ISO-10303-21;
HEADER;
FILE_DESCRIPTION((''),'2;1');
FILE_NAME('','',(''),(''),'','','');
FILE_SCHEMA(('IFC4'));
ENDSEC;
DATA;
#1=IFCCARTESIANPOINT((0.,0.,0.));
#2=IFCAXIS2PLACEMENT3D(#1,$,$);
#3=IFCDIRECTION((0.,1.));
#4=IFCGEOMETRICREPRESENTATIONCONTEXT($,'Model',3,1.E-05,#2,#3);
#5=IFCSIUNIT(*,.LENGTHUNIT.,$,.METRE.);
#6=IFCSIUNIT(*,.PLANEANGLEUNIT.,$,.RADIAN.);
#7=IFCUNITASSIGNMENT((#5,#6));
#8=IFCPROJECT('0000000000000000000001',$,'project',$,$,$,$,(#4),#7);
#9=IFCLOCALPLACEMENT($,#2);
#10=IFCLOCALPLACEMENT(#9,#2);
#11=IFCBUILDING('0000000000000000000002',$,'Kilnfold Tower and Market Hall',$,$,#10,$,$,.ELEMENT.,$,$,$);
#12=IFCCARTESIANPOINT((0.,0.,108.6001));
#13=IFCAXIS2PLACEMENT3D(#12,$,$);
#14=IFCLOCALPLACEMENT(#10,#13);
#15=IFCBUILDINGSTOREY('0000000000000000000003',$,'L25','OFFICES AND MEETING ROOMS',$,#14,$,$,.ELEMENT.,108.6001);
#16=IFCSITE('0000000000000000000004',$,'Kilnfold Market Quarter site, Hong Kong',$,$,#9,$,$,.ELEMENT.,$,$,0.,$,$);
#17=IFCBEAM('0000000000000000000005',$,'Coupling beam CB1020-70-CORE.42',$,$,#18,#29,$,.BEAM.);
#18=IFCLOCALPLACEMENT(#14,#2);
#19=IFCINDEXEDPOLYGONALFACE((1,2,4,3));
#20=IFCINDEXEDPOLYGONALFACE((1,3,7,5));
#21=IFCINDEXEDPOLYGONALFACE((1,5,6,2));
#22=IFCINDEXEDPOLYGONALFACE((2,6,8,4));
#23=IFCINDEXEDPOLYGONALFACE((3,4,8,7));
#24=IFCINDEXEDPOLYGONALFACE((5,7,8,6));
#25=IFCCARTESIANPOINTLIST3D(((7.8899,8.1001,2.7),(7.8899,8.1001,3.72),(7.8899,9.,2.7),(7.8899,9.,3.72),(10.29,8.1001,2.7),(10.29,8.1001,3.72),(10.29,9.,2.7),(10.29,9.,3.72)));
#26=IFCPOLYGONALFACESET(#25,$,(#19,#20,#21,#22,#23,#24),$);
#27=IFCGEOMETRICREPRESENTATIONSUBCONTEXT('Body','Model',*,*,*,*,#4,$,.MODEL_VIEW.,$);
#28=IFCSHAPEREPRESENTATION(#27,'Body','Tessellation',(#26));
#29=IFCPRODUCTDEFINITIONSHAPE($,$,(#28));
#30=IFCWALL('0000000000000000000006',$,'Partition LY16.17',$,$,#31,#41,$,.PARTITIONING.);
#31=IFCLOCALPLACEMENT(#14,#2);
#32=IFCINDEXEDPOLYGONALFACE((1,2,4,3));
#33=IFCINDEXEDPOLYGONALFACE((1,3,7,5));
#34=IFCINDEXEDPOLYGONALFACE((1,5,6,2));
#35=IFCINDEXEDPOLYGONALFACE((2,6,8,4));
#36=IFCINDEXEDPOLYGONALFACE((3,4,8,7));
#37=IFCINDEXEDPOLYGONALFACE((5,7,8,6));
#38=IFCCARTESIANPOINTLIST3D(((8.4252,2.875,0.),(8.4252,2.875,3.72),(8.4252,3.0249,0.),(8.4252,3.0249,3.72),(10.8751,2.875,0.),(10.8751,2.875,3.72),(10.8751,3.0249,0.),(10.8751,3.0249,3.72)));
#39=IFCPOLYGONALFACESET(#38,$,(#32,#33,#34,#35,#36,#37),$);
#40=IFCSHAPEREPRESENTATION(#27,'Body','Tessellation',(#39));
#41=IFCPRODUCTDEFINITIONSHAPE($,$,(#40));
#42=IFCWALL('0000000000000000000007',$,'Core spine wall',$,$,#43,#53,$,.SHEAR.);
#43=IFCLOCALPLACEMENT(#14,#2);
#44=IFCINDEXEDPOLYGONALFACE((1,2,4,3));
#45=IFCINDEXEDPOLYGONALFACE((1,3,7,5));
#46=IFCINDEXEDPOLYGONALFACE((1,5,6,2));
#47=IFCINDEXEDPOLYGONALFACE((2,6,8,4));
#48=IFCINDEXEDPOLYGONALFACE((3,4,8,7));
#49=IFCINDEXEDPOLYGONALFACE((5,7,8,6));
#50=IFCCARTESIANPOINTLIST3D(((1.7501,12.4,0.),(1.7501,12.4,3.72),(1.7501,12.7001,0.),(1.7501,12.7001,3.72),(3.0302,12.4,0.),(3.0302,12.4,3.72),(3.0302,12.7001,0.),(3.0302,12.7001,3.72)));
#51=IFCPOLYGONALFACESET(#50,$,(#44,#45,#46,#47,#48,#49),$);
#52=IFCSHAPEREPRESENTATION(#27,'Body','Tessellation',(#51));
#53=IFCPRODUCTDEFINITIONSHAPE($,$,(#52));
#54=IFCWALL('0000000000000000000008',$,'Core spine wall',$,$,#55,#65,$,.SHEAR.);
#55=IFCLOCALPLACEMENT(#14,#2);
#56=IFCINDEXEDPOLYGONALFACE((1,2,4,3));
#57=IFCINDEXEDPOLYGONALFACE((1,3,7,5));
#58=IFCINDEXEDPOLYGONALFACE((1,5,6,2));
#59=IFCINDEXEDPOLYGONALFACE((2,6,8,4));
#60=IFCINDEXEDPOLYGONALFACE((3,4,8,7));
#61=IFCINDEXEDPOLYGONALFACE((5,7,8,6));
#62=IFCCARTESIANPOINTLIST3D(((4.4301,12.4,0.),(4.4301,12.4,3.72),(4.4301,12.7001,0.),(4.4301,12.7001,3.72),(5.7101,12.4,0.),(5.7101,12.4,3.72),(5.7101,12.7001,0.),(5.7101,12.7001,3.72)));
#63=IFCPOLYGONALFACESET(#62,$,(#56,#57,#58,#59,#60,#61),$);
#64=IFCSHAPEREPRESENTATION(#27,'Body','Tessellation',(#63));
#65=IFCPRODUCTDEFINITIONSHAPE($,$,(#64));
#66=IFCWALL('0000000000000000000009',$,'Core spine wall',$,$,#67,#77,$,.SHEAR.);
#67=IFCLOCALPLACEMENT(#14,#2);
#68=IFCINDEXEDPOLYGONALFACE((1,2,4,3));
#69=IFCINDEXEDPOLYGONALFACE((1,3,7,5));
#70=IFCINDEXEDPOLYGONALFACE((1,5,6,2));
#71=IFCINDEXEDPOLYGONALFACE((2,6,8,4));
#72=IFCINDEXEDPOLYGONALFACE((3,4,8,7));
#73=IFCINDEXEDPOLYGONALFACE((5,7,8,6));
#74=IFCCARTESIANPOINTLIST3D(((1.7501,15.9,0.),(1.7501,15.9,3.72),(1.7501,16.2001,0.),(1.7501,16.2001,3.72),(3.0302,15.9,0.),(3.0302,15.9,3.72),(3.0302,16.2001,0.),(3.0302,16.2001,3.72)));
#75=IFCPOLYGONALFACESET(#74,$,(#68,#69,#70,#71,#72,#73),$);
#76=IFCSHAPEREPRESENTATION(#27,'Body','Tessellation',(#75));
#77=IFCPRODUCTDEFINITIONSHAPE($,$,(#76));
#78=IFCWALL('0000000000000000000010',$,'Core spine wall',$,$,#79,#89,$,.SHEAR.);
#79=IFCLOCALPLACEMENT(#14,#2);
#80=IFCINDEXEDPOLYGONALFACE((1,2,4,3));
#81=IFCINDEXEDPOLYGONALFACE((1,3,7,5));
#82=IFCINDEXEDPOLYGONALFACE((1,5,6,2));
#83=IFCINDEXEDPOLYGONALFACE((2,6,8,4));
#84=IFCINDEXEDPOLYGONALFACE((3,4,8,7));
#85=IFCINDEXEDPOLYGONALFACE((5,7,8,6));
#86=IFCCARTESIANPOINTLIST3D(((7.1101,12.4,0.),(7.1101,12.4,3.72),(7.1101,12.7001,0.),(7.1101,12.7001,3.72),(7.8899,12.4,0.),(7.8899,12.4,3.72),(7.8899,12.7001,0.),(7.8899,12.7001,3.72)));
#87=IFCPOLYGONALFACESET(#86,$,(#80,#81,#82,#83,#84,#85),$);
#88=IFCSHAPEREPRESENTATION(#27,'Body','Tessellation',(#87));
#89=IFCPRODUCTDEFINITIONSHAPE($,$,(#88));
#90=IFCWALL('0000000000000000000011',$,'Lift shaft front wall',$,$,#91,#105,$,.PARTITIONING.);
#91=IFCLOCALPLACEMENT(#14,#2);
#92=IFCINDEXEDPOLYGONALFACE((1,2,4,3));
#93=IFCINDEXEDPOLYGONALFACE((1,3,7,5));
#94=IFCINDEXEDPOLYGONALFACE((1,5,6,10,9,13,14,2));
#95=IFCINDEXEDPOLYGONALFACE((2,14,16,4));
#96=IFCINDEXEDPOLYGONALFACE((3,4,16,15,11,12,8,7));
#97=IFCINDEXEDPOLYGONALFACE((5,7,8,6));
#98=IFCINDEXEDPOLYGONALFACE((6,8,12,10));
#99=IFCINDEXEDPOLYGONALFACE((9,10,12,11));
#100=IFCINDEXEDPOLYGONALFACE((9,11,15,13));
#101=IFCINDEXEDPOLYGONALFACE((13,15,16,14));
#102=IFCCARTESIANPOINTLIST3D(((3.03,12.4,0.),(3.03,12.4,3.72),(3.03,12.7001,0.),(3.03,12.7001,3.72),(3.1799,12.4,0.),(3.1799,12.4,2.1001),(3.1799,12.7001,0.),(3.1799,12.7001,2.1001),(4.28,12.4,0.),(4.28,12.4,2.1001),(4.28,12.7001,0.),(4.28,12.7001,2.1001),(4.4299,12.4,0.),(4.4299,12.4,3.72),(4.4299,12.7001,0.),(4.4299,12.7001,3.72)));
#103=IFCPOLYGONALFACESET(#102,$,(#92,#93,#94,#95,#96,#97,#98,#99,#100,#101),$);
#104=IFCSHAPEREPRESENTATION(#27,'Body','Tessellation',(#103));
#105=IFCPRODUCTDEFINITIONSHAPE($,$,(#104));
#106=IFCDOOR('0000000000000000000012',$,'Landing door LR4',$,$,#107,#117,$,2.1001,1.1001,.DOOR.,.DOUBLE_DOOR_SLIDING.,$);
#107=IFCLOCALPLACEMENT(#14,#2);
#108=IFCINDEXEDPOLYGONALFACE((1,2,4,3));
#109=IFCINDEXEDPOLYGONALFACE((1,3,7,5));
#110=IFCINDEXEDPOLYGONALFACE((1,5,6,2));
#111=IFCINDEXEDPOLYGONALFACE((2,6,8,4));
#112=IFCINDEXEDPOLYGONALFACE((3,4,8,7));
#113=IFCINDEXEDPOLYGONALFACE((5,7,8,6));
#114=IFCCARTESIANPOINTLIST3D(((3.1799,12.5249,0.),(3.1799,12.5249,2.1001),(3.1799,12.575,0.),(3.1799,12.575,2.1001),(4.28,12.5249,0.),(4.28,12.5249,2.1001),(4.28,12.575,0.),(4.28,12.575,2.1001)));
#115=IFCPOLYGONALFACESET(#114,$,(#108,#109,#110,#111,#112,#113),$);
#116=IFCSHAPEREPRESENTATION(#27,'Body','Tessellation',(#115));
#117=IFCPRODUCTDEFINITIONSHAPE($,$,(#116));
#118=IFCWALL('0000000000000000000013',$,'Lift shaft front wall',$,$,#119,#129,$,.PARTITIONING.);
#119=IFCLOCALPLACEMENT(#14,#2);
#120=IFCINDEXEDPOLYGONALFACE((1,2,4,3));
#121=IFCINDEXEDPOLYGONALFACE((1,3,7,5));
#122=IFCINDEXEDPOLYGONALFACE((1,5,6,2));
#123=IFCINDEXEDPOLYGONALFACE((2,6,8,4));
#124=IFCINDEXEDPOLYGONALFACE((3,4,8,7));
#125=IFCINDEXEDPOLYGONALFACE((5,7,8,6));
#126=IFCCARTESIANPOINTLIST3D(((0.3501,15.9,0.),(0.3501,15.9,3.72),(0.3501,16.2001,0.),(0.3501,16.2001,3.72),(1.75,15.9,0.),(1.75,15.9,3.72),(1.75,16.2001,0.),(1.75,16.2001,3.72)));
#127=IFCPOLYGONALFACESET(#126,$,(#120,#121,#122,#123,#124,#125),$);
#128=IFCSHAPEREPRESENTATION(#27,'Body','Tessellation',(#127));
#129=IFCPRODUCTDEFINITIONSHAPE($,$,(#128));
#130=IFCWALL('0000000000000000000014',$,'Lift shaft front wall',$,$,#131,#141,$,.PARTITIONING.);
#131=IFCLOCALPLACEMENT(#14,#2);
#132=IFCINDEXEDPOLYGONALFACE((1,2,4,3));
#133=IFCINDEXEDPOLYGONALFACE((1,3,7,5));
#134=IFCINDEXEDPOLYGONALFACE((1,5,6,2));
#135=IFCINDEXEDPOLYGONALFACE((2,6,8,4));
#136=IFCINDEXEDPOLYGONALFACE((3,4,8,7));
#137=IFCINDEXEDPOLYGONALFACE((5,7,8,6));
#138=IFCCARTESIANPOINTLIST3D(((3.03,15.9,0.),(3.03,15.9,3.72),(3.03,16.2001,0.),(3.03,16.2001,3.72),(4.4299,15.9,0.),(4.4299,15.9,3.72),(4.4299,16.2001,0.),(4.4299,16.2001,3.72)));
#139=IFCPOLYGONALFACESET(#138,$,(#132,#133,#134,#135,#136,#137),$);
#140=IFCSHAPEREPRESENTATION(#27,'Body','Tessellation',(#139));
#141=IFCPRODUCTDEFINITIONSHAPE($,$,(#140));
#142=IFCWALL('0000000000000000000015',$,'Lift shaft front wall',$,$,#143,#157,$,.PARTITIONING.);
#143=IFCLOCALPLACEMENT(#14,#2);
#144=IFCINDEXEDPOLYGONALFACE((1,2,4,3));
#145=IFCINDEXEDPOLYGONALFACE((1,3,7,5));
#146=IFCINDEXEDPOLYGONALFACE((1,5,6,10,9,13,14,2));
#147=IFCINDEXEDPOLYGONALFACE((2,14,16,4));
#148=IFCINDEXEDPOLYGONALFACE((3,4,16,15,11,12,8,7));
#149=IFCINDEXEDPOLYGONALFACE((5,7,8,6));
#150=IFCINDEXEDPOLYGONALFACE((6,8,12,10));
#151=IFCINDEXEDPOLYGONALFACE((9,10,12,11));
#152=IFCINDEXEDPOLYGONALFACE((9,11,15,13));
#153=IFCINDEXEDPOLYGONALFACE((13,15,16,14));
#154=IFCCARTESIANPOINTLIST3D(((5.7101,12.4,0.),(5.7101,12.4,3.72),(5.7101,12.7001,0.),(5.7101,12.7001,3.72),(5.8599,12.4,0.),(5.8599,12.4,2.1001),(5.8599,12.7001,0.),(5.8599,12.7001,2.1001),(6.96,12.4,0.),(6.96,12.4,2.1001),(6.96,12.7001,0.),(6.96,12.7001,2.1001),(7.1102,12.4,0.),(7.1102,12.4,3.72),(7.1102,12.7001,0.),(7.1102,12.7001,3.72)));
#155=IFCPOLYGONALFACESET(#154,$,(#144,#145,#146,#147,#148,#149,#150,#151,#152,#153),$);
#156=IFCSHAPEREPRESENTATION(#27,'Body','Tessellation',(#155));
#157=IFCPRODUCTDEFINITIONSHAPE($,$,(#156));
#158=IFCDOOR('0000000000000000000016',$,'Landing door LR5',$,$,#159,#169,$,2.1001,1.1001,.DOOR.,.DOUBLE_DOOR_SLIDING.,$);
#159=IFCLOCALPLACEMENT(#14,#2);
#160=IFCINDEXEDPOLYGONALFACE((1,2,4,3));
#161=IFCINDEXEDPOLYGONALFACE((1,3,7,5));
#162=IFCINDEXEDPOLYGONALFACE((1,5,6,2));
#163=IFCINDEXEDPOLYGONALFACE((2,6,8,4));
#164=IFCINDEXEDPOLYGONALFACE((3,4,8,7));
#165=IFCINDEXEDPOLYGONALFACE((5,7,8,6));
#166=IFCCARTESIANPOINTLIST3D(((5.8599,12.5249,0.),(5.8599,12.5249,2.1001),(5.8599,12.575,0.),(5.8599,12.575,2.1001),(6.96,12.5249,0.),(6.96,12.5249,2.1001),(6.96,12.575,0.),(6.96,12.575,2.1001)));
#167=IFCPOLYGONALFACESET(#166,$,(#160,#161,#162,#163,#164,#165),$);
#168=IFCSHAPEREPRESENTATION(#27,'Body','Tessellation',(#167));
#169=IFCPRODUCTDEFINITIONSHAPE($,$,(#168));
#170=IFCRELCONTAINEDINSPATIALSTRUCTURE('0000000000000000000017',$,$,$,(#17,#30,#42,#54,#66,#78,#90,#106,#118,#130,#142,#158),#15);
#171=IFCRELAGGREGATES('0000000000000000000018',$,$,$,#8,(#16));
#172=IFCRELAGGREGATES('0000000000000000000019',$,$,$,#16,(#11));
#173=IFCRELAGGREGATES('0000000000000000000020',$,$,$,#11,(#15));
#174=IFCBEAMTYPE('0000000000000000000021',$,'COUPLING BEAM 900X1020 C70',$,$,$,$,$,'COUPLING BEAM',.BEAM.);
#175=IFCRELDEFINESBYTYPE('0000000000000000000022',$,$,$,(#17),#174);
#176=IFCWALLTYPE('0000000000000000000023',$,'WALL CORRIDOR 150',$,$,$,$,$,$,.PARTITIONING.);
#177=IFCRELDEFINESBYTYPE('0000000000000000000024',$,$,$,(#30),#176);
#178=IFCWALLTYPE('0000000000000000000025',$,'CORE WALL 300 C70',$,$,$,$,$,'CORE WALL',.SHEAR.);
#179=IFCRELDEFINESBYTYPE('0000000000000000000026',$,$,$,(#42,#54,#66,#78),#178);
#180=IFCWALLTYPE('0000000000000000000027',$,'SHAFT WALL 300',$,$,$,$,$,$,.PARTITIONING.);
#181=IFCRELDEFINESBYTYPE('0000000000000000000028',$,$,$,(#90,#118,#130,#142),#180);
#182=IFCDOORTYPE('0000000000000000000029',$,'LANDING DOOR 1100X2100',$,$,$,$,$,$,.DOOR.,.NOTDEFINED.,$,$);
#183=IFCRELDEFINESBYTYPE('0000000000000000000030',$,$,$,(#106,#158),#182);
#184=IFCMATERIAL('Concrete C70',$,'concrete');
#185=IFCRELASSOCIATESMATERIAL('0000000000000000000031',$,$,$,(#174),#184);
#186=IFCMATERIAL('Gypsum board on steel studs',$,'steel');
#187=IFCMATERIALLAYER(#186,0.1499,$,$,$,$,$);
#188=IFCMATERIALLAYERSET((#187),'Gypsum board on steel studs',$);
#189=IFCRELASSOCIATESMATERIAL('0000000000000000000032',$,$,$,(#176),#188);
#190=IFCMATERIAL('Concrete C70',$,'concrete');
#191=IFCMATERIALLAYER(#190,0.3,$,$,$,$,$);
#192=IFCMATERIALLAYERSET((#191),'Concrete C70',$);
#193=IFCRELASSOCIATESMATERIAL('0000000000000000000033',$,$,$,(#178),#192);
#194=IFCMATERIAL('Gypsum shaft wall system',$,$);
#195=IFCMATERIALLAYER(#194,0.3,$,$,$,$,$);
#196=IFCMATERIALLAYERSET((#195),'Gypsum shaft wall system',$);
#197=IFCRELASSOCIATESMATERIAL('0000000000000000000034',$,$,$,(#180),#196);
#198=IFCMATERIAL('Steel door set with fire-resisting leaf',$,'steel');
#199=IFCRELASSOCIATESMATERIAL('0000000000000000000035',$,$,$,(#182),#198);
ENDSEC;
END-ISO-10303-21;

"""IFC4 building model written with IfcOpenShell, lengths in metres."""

from ifc_helpers import new_model, si_unit, direction, frame, frame_2d, origin, origin_2d, place, context, subcontext, project, spatial, rectangle, extrude, source, transform, mapped, material, layer, layer_set, material_profile, profile_set, type_object, element, fill, save


model = new_model("IFC4")

# Units and contexts
model_context = context("Model", 3, precision=1e-05, world=origin(), true_north=direction((0.0, 1.0)))
body_context = subcontext(model_context, "Body", "Model", "MODEL_VIEW")
ifc_project = project(units=[si_unit("LENGTHUNIT", "METRE"), si_unit("PLANEANGLEUNIT", "RADIAN")], contexts=[model_context])

# Site, building, storey
site_placement = place(None, origin())
site = spatial("IfcSite", under=ifc_project, at=site_placement, Name="Kilnfold Market Quarter site, Hong Kong", CompositionType="ELEMENT", RefElevation=0.0)
building_placement = place(site_placement, origin())
building = spatial("IfcBuilding", under=site, at=building_placement, Name="Kilnfold Tower and Market Hall", CompositionType="ELEMENT")
storey_placement = place(building_placement, frame((0.0, 0.0, 108.6001)))
storey = spatial("IfcBuildingStorey", under=building, at=storey_placement, Name="L25", Description="OFFICES AND MEETING ROOMS", CompositionType="ELEMENT", Elevation=108.6001)

# Beam
ifc_material_1 = material(Name="Concrete C70", Category="concrete")
ifc_material_profile = material_profile(ifc_material_1, rectangle(XDim=0.8999, YDim=1.02, at=origin_2d()), Name="RC 900x1020")
ifc_profile_set = profile_set([ifc_material_profile], Name="Concrete C70")
beam_type = type_object("IfcBeamType", Name="COUPLING BEAM 900X1020 C70", ElementType="COUPLING BEAM", PredefinedType="BEAM", material=ifc_profile_set)
shared_shape_1 = source(origin(), body_context, "Body", "SweptSolid", [
    extrude(rectangle(XDim=0.8999, YDim=1.02, at=origin_2d()), origin(), (0.0, 0.0, 1.0), 2.4001),
])
beam_placement = place(storey_placement, frame((7.8899, 8.55, 3.21), z_axis=(1.0, 0.0, 0.0), x_axis=(0.0, 1.0, 0.0)))
element("IfcBeam", 1, at=beam_placement, inside=storey, type_object=beam_type, Name="Coupling beam CB1020-70-CORE.42", PredefinedType="BEAM", context=body_context, shape_type="MappedRepresentation", body=[
    mapped(shared_shape_1, transform((0.0, 0.0, 0.0))),
])

# Walls
ifc_material_2 = material(Name="Gypsum board on steel studs", Category="steel")
ifc_layer_1 = layer(ifc_material_2, 0.1499)
ifc_layer_set_1 = layer_set([ifc_layer_1], Name="Gypsum board on steel studs")
wall_type_1 = type_object("IfcWallType", Name="WALL CORRIDOR 150", PredefinedType="PARTITIONING", material=ifc_layer_set_1)
wall_1_placement = place(storey_placement, frame((8.425, 2.95, 0.0), z_axis=(0.0, 0.0, 1.0), x_axis=(1.0, 0.0, 0.0)))
element("IfcWall", 2, at=wall_1_placement, inside=storey, type_object=wall_type_1, Name="Partition LY16.17", PredefinedType="PARTITIONING", context=body_context, shape_type="SweptSolid", body=[
    extrude(rectangle(XDim=2.45, YDim=0.1499, at=frame_2d((1.2251, 0.0))), origin(), (0.0, 0.0, 1.0), 3.72),
])
ifc_material_3 = material(Name="Concrete C70", Category="concrete")
ifc_layer_2 = layer(ifc_material_3, 0.3)
ifc_layer_set_2 = layer_set([ifc_layer_2], Name="Concrete C70")
wall_type_2 = type_object("IfcWallType", Name="CORE WALL 300 C70", ElementType="CORE WALL", PredefinedType="SHEAR", material=ifc_layer_set_2)
shared_shape_2 = source(origin(), body_context, "Body", "SweptSolid", [
    extrude(rectangle(XDim=1.28, YDim=0.3, at=frame_2d((0.6401, 0.0))), origin(), (0.0, 0.0, 1.0), 3.72),
])
for number, where, z_axis, x_axis, name in (
    (3, (1.75, 12.55, 0.0), (0.0, 0.0, 1.0), (1.0, 0.0, 0.0), "Core spine wall"),
    (4, (4.4299, 12.55, 0.0), (0.0, 0.0, 1.0), (1.0, 0.0, 0.0), "Core spine wall"),
    (5, (1.75, 16.05, 0.0), (0.0, 0.0, 1.0), (1.0, 0.0, 0.0), "Core spine wall"),
):
    element("IfcWall", number, at=place(storey_placement, frame(where, z_axis=z_axis, x_axis=x_axis)), inside=storey, type_object=wall_type_2, Name=name, PredefinedType="SHEAR", context=body_context, shape_type="MappedRepresentation", body=[
        mapped(shared_shape_2, transform((0.0, 0.0, 0.0))),
    ])
shared_shape_3 = source(origin(), body_context, "Body", "SweptSolid", [
    extrude(rectangle(XDim=0.7798, YDim=0.3, at=frame_2d((0.3899, 0.0))), origin(), (0.0, 0.0, 1.0), 3.72),
])
wall_2_placement = place(storey_placement, frame((7.1101, 12.55, 0.0), z_axis=(0.0, 0.0, 1.0), x_axis=(1.0, 0.0, 0.0)))
element("IfcWall", 6, at=wall_2_placement, inside=storey, type_object=wall_type_2, Name="Core spine wall", PredefinedType="SHEAR", context=body_context, shape_type="MappedRepresentation", body=[
    mapped(shared_shape_3, transform((0.0, 0.0, 0.0))),
])

# Wall, opening, door
ifc_material_4 = material(Name="Gypsum shaft wall system")
ifc_layer_3 = layer(ifc_material_4, 0.3)
ifc_layer_set_3 = layer_set([ifc_layer_3], Name="Gypsum shaft wall system")
wall_type_3 = type_object("IfcWallType", Name="SHAFT WALL 300", PredefinedType="PARTITIONING", material=ifc_layer_set_3)
shared_shape_4 = source(origin(), body_context, "Body", "SweptSolid", [
    extrude(rectangle(XDim=1.3999, YDim=0.3, at=frame_2d((0.7, 0.0))), origin(), (0.0, 0.0, 1.0), 3.72),
])
wall_3_placement = place(storey_placement, frame((3.03, 12.55, 0.0), z_axis=(0.0, 0.0, 1.0), x_axis=(1.0, 0.0, 0.0)))
wall_3 = element("IfcWall", 7, at=wall_3_placement, inside=storey, type_object=wall_type_3, Name="Lift shaft front wall", PredefinedType="PARTITIONING", context=body_context, shape_type="MappedRepresentation", body=[
    mapped(shared_shape_4, transform((0.0, 0.0, 0.0))),
])
opening_1_placement = place(wall_3_placement, frame((0.1499, 0.0, 0.0)))
opening_1 = element("IfcOpeningElement", 8, at=opening_1_placement, cuts=wall_3, PredefinedType="OPENING", context=body_context, shape_type="SweptSolid", body=[
    extrude(rectangle(XDim=1.1001, YDim=2.1001, at=frame_2d((0.55, 1.05))), frame((0.0, 0.1602, 0.0), z_axis=(0.0, -1.0, 0.0), x_axis=(1.0, 0.0, 0.0)), (0.0, 0.0, 1.0), 0.3201),
])
ifc_material_5 = material(Name="Steel door set with fire-resisting leaf", Category="steel")
door_type_1 = type_object("IfcDoorType", Name="LANDING DOOR 1100X2100", OperationType="NOTDEFINED", PredefinedType="DOOR", material=ifc_material_5)
door_1_placement = place(opening_1_placement, origin())
door_1 = element("IfcDoor", 9, at=door_1_placement, inside=storey, type_object=door_type_1, Name="Landing door LR4", OperationType="DOUBLE_DOOR_SLIDING", OverallHeight=2.1001, OverallWidth=1.1001, PredefinedType="DOOR", context=body_context, shape_type="SweptSolid", body=[
    extrude(rectangle(XDim=1.1001, YDim=2.1001, at=frame_2d((0.55, 1.05))), frame((0.0, 0.0249, 0.0), z_axis=(0.0, -1.0, 0.0), x_axis=(1.0, 0.0, 0.0)), (0.0, 0.0, 1.0), 0.05),
])
fill(opening_1, door_1)

# Walls
for number, where, z_axis, x_axis, name in (
    (10, (0.3501, 16.05, 0.0), (0.0, 0.0, 1.0), (1.0, 0.0, 0.0), "Lift shaft front wall"),
    (11, (3.03, 16.05, 0.0), (0.0, 0.0, 1.0), (1.0, 0.0, 0.0), "Lift shaft front wall"),
):
    element("IfcWall", number, at=place(storey_placement, frame(where, z_axis=z_axis, x_axis=x_axis)), inside=storey, type_object=wall_type_3, Name=name, PredefinedType="PARTITIONING", context=body_context, shape_type="MappedRepresentation", body=[
        mapped(shared_shape_4, transform((0.0, 0.0, 0.0))),
    ])

# Wall, opening, door
shared_shape_5 = source(origin(), body_context, "Body", "SweptSolid", [
    extrude(rectangle(XDim=1.4001, YDim=0.3, at=frame_2d((0.7002, 0.0))), origin(), (0.0, 0.0, 1.0), 3.72),
])
wall_4_placement = place(storey_placement, frame((5.71, 12.55, 0.0), z_axis=(0.0, 0.0, 1.0), x_axis=(1.0, 0.0, 0.0)))
wall_4 = element("IfcWall", 12, at=wall_4_placement, inside=storey, type_object=wall_type_3, Name="Lift shaft front wall", PredefinedType="PARTITIONING", context=body_context, shape_type="MappedRepresentation", body=[
    mapped(shared_shape_5, transform((0.0, 0.0, 0.0))),
])
opening_2_placement = place(wall_4_placement, frame((0.1499, 0.0, 0.0)))
opening_2 = element("IfcOpeningElement", 13, at=opening_2_placement, cuts=wall_4, PredefinedType="OPENING", context=body_context, shape_type="SweptSolid", body=[
    extrude(rectangle(XDim=1.1001, YDim=2.1001, at=frame_2d((0.55, 1.05))), frame((0.0, 0.1602, 0.0), z_axis=(0.0, -1.0, 0.0), x_axis=(1.0, 0.0, 0.0)), (0.0, 0.0, 1.0), 0.3201),
])
door_2_placement = place(opening_2_placement, origin())
door_2 = element("IfcDoor", 14, at=door_2_placement, inside=storey, type_object=door_type_1, Name="Landing door LR5", OperationType="DOUBLE_DOOR_SLIDING", OverallHeight=2.1001, OverallWidth=1.1001, PredefinedType="DOOR", context=body_context, shape_type="SweptSolid", body=[
    extrude(rectangle(XDim=1.1001, YDim=2.1001, at=frame_2d((0.55, 1.05))), frame((0.0, 0.0249, 0.0), z_axis=(0.0, -1.0, 0.0), x_axis=(1.0, 0.0, 0.0)), (0.0, 0.0, 1.0), 0.05),
])
fill(opening_2, door_2)

save(model, "model.ifc")
